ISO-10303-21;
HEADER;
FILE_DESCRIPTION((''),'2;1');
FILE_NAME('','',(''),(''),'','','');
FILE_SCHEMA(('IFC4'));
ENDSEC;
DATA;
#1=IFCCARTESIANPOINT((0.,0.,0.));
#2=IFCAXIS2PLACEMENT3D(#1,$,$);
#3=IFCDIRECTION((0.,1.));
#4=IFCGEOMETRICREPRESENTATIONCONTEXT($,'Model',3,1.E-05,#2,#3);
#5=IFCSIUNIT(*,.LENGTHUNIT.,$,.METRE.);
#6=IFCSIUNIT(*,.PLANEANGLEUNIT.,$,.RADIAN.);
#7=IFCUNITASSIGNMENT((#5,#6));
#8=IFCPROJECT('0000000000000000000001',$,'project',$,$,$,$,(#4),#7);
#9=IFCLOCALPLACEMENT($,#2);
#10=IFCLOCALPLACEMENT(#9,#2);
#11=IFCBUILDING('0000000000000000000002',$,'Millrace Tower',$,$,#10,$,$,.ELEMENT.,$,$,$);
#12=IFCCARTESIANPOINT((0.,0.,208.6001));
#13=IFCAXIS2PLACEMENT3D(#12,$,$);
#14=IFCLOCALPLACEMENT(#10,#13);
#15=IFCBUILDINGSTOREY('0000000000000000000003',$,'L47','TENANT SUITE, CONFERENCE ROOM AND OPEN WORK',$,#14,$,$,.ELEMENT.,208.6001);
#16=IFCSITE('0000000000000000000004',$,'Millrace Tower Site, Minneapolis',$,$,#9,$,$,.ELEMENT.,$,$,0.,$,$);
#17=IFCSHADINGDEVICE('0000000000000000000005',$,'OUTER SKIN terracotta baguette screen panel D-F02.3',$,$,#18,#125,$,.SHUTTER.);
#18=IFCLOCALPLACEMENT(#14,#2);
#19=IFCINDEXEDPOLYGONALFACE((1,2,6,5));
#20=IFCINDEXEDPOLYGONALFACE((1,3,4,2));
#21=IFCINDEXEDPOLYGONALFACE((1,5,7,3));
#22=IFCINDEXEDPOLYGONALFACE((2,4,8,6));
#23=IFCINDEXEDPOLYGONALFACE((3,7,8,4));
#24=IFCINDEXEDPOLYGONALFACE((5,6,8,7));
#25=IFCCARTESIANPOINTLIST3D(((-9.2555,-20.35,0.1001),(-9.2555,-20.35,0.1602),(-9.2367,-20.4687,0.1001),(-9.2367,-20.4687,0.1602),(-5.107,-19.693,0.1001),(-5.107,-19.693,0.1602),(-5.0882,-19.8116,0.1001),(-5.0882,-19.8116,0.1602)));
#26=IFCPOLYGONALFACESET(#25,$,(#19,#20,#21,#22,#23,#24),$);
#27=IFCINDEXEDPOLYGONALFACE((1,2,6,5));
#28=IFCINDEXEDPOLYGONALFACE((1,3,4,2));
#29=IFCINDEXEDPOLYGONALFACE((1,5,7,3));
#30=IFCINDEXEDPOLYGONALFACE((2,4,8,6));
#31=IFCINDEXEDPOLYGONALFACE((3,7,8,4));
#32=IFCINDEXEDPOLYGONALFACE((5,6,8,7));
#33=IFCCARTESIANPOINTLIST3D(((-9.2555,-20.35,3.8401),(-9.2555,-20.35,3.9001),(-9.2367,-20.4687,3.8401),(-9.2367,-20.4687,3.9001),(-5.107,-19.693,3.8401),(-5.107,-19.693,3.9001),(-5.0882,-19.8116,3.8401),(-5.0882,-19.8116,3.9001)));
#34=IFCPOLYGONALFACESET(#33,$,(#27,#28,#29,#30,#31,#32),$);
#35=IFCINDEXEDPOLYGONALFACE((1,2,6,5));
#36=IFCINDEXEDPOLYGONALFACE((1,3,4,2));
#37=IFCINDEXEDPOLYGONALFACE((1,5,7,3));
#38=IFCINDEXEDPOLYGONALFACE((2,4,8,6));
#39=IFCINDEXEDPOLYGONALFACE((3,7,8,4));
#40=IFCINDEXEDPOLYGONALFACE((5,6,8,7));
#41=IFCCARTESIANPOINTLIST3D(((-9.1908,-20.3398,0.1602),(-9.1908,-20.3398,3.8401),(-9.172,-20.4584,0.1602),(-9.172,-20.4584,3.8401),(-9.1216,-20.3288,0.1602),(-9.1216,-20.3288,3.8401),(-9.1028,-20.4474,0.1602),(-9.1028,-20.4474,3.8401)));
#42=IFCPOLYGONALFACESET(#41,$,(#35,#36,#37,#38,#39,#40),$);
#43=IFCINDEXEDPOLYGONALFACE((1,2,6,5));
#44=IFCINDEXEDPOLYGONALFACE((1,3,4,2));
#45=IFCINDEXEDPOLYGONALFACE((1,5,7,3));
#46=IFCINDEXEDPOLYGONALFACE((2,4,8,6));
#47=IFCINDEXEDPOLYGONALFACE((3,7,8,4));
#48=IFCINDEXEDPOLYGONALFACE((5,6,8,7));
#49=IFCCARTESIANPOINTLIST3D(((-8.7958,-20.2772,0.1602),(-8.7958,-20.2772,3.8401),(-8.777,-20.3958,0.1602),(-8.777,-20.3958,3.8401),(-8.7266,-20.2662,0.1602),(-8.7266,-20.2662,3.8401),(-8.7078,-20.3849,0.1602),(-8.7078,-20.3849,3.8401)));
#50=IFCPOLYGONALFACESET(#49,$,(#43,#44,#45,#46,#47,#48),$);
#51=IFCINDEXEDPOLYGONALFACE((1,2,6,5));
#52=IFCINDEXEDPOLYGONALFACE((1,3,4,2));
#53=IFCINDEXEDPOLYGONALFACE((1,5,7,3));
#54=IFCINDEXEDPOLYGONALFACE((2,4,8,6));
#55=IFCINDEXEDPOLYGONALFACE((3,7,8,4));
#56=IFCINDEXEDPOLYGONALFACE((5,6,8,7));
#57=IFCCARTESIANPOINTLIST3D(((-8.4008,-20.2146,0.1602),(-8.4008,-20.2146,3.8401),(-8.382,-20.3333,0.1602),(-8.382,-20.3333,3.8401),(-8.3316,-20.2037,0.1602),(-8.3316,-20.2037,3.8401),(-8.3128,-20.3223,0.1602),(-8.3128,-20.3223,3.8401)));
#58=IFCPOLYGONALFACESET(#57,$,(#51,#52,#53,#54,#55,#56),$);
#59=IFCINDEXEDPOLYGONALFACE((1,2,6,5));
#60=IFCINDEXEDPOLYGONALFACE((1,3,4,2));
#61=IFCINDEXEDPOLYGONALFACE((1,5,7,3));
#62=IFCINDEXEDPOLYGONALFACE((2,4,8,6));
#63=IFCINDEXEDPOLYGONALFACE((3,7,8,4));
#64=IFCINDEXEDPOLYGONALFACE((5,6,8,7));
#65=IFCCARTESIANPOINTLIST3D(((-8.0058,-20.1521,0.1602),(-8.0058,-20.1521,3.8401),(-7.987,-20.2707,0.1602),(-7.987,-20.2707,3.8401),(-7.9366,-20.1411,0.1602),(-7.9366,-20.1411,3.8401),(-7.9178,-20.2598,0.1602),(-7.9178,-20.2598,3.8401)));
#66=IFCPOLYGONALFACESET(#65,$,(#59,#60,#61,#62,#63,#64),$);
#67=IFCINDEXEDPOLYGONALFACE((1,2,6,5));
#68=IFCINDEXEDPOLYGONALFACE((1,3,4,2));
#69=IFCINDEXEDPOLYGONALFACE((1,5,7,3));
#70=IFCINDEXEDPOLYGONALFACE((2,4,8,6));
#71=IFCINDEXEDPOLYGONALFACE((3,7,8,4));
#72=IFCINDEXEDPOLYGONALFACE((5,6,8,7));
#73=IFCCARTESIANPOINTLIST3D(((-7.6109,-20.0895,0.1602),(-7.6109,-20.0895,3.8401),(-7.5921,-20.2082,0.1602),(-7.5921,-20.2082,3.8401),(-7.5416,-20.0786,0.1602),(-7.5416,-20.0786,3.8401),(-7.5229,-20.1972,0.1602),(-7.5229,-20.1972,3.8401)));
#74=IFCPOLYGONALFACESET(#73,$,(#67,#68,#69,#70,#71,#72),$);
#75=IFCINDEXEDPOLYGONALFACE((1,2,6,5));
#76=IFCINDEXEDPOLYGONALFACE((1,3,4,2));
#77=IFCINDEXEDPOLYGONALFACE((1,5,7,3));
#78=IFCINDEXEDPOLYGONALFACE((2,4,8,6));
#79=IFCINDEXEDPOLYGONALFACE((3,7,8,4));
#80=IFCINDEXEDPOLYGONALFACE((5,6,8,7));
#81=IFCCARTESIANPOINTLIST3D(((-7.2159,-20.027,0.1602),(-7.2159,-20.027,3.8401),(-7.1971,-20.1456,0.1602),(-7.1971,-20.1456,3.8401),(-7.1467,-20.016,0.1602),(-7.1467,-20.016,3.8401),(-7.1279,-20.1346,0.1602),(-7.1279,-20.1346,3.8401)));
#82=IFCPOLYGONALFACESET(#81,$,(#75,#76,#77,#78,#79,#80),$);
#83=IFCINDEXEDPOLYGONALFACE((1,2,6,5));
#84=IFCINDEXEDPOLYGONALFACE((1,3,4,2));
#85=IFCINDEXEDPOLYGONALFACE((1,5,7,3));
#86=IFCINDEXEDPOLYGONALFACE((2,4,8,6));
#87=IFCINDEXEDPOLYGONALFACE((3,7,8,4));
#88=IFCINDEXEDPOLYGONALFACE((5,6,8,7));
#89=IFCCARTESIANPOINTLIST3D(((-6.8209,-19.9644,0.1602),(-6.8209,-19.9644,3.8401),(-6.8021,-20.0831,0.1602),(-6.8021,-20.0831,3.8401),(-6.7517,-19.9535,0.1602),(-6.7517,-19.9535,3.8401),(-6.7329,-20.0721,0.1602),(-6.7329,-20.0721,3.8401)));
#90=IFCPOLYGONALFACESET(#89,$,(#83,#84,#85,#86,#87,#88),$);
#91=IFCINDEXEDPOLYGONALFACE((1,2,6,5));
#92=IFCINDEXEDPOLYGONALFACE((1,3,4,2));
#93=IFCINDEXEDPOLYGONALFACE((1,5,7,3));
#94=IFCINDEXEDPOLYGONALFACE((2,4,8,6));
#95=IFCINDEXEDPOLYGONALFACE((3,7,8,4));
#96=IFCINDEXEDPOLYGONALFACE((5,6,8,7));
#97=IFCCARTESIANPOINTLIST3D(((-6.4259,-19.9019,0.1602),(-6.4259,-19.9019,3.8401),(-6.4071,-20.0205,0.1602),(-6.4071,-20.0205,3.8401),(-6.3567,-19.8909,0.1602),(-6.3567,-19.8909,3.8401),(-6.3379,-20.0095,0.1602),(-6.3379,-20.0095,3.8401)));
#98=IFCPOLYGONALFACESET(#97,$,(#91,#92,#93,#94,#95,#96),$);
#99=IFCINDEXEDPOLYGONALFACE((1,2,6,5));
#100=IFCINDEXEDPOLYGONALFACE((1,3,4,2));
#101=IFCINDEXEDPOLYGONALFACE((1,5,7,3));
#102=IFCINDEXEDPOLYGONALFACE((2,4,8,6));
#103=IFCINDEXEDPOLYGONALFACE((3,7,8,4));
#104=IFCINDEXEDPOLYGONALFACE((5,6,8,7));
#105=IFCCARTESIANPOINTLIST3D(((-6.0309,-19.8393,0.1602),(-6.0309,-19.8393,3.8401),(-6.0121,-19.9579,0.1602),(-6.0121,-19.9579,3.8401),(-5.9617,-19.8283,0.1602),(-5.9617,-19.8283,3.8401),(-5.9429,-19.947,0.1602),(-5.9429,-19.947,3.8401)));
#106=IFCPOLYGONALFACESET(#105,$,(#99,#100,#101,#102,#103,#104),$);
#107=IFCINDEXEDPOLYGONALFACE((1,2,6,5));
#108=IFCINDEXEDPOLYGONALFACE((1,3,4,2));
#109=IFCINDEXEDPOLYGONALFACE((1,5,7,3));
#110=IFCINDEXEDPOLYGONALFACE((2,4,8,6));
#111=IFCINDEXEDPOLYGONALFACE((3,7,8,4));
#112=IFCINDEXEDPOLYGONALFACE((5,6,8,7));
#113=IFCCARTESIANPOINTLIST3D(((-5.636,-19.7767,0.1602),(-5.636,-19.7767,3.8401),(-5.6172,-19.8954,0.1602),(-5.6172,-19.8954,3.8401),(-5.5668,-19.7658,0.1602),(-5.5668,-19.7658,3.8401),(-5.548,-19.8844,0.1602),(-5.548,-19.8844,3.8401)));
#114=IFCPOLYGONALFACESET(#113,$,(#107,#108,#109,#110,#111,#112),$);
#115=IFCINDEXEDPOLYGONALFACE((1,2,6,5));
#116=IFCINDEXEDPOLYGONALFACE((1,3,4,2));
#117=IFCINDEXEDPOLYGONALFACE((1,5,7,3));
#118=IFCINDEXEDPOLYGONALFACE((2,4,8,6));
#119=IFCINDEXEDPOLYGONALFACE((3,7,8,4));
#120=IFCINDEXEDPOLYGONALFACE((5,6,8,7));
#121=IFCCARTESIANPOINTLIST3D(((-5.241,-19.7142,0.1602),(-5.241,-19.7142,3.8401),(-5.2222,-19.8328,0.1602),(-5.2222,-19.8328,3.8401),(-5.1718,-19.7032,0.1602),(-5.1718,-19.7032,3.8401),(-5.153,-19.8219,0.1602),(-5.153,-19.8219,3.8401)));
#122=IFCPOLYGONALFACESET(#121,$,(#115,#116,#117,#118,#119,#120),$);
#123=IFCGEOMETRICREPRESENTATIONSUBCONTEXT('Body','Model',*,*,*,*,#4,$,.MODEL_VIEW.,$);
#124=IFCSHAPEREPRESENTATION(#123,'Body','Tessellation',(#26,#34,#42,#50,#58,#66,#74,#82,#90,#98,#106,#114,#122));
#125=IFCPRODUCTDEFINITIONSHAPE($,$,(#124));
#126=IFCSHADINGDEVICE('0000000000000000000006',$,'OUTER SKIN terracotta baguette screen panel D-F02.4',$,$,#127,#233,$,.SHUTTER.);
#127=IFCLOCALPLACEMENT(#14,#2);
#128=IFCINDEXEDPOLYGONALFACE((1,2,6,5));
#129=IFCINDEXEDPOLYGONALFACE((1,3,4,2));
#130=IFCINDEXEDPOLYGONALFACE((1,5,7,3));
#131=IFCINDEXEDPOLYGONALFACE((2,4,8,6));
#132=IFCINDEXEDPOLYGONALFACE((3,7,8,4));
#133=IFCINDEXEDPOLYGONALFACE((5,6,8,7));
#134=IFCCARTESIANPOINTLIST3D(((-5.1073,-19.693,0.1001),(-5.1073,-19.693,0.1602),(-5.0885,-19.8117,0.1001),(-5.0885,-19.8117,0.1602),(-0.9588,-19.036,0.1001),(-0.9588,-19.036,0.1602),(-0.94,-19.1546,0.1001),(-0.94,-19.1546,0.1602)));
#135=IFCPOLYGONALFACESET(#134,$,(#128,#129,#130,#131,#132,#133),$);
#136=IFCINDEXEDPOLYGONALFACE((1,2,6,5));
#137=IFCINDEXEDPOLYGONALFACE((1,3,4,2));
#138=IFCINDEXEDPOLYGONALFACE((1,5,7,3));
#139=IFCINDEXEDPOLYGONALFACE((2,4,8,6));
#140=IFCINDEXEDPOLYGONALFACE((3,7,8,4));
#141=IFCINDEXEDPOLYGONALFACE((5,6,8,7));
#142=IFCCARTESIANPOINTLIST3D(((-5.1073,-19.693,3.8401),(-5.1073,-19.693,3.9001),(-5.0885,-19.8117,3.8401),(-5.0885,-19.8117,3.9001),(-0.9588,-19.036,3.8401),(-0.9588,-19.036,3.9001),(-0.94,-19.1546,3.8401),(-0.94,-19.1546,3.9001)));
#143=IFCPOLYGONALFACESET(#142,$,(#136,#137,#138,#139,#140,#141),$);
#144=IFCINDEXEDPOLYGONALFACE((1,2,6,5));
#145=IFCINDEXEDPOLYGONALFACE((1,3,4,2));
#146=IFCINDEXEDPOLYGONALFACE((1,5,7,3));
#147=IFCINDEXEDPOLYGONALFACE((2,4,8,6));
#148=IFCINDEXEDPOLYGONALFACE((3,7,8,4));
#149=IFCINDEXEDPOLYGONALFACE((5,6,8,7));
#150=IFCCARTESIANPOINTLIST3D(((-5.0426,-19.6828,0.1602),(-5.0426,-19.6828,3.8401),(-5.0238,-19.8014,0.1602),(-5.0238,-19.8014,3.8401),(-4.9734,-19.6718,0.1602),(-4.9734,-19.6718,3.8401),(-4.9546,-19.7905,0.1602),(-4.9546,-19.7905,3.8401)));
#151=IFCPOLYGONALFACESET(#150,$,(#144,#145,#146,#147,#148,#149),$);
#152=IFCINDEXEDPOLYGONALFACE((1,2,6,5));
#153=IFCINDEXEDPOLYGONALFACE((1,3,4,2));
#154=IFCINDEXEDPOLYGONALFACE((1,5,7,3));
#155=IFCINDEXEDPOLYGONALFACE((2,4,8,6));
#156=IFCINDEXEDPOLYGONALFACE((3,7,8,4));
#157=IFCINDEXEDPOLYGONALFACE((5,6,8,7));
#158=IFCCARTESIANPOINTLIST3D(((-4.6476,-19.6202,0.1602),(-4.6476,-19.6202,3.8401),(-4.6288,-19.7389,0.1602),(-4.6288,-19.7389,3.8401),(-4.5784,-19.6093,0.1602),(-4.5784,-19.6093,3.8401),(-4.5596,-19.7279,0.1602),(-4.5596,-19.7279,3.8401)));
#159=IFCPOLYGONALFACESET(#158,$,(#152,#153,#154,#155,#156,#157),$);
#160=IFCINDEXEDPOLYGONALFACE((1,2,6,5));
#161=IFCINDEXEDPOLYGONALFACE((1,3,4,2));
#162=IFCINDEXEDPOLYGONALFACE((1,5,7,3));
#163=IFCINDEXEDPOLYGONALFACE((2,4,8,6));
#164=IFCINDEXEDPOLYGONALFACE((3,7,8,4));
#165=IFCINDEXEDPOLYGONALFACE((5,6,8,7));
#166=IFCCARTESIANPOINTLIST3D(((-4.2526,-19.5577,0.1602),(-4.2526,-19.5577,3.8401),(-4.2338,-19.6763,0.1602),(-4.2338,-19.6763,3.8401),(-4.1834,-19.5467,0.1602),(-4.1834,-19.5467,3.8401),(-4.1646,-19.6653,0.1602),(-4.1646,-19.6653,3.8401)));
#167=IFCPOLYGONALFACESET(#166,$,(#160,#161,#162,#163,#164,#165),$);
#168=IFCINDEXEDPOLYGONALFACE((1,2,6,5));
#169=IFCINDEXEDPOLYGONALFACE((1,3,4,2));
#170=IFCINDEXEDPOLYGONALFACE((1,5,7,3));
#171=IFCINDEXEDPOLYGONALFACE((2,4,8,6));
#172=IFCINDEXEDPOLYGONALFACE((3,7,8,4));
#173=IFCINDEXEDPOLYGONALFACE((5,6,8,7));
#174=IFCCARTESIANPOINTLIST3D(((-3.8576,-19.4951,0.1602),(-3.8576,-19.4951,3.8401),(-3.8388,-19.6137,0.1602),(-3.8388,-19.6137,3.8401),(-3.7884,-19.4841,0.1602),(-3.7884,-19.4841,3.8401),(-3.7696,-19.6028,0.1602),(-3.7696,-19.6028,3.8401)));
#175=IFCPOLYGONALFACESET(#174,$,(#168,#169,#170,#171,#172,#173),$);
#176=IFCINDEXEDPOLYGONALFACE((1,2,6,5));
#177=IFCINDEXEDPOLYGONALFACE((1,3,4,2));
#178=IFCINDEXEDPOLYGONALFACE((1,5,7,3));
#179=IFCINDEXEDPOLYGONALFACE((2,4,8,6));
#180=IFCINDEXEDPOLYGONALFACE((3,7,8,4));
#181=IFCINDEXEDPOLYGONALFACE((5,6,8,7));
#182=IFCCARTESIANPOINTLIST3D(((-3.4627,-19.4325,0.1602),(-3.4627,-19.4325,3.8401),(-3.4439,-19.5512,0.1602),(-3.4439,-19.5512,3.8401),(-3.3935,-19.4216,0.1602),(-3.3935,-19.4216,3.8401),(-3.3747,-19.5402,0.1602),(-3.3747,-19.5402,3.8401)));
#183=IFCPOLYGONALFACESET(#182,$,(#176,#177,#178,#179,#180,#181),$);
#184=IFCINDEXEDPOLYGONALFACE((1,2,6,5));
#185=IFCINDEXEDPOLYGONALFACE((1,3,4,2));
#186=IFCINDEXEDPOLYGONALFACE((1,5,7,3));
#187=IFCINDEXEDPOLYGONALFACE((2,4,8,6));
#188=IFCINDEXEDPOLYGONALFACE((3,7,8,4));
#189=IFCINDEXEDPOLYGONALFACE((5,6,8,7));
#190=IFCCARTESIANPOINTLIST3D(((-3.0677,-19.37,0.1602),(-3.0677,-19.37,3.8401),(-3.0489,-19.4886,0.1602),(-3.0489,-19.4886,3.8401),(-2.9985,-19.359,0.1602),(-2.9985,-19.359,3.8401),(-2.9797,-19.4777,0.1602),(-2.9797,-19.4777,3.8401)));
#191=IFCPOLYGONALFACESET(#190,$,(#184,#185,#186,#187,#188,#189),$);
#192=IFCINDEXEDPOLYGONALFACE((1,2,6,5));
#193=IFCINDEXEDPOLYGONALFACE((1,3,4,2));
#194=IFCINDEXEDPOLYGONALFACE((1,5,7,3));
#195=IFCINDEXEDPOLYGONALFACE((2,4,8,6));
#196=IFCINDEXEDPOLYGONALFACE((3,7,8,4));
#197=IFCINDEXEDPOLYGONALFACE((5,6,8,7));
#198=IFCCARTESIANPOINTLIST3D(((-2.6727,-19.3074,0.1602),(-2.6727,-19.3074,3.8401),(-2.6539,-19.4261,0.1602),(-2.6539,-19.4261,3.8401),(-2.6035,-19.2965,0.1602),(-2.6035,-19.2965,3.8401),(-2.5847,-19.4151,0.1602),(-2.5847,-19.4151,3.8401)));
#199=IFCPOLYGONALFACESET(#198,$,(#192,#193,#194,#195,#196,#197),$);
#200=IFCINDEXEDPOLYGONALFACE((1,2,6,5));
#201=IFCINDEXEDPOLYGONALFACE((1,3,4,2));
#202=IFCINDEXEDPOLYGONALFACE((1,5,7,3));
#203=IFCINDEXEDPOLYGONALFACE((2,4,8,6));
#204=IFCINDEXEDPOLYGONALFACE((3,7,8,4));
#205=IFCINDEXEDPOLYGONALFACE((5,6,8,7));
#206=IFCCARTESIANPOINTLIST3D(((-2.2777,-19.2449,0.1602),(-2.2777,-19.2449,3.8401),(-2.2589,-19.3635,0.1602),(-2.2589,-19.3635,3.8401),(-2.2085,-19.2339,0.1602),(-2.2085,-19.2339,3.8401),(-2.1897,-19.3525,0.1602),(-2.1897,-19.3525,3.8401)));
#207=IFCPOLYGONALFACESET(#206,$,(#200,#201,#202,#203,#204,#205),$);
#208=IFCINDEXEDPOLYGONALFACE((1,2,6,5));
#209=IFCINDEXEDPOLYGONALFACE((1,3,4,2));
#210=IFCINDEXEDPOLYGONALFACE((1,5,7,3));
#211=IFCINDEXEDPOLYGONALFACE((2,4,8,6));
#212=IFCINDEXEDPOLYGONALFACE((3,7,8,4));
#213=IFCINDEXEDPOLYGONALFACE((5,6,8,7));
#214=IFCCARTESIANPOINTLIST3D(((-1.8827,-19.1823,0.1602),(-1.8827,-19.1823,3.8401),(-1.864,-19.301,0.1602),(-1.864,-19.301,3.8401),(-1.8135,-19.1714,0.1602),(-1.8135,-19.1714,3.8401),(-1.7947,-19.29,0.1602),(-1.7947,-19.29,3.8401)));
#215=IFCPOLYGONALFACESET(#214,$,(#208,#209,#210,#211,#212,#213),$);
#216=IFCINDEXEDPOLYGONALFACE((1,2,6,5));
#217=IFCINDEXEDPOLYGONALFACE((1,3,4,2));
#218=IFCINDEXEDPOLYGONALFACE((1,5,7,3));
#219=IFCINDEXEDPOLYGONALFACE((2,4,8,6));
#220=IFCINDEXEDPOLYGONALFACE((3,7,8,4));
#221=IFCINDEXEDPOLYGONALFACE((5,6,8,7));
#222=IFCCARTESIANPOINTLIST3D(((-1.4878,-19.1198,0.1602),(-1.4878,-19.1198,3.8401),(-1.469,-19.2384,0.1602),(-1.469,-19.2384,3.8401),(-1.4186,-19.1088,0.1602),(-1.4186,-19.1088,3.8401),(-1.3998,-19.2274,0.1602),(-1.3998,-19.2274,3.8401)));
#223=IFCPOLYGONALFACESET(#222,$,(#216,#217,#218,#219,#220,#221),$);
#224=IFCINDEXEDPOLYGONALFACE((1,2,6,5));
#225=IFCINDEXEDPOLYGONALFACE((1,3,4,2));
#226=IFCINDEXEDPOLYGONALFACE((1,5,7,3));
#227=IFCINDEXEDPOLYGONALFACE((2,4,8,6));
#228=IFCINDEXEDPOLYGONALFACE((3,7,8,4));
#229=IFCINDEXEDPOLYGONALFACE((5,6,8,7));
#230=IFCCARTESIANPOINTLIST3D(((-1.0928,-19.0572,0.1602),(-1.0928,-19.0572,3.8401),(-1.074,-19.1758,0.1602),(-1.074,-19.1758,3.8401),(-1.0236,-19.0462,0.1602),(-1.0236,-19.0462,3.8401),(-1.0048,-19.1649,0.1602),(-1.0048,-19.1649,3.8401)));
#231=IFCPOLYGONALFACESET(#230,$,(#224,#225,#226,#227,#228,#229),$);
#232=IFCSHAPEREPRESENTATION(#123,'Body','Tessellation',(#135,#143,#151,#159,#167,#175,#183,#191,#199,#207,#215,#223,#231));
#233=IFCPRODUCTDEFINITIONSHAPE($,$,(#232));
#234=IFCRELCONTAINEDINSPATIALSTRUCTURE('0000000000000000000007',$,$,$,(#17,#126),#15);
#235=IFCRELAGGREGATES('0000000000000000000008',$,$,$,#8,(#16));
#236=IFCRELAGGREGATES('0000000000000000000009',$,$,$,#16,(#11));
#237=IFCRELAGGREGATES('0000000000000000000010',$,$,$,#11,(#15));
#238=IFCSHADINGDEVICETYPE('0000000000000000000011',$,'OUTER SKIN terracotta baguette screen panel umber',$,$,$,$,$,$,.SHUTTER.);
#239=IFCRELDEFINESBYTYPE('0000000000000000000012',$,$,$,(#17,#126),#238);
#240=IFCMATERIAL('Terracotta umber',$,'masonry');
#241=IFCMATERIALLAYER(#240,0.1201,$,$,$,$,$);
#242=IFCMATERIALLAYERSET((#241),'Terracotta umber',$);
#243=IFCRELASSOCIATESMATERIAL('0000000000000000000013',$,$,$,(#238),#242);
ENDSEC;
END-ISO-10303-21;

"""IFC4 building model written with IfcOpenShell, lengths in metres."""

from ifc_helpers import new_model, entity, si_unit, direction, frame, frame_2d, origin, origin_2d, place, context, subcontext, project, spatial, rectangle, extrude, source, transform, mapped, material, layer, layer_set, type_object, element, save


model = new_model("IFC4")

# Units and contexts
model_context = context("Model", 3, precision=1e-05, world=origin(), true_north=direction((0.0, 1.0)))
body_context = subcontext(model_context, "Body", "Model", "MODEL_VIEW")
ifc_project = project(units=[si_unit("LENGTHUNIT", "METRE"), si_unit("PLANEANGLEUNIT", "RADIAN")], contexts=[model_context])

# Site, building, storey
site_placement = place(None, origin())
site = spatial("IfcSite", under=ifc_project, at=site_placement, Name="Millrace Tower Site, Minneapolis", CompositionType="ELEMENT", RefElevation=0.0)
building_placement = place(site_placement, origin())
building = spatial("IfcBuilding", under=site, at=building_placement, Name="Millrace Tower", CompositionType="ELEMENT")
storey_placement = place(building_placement, frame((0.0, 0.0, 208.6001)))
storey = spatial("IfcBuildingStorey", under=building, at=storey_placement, Name="L47", Description="TENANT SUITE, CONFERENCE ROOM AND OPEN WORK", CompositionType="ELEMENT", Elevation=208.6001)

# Shading devices
ifc_material_1 = material(Name="Terracotta umber", Category="masonry")
ifc_layer_1 = layer(ifc_material_1, 0.1201)
ifc_layer_set_1 = layer_set([ifc_layer_1], Name="Terracotta umber")
shading_device_type = type_object("IfcShadingDeviceType", Name="OUTER SKIN terracotta baguette screen panel umber", PredefinedType="SHUTTER", material=ifc_layer_set_1)
cartesian_point = entity("IfcCartesianPoint", [-2.1001, 0.0601])
shared_polyline = entity("IfcPolyline", [cartesian_point, entity("IfcCartesianPoint", [2.1001, 0.0601]), entity("IfcCartesianPoint", [2.1001, -0.0601]), entity("IfcCartesianPoint", [-2.1001, -0.0601]), cartesian_point])
shared_shape = source(origin(), body_context, "Body", "SweptSolid", [
    entity("IfcExtrudedAreaSolid", entity("IfcArbitraryClosedProfileDef", "AREA", None, shared_polyline), entity("IfcAxis2Placement3D", entity("IfcCartesianPoint", [0.0, 0.0, 0.0])), entity("IfcDirection", [0.0, 0.0, 1.0]), 0.0601),
    entity("IfcExtrudedAreaSolid", entity("IfcArbitraryClosedProfileDef", "AREA", None, shared_polyline), entity("IfcAxis2Placement3D", entity("IfcCartesianPoint", [0.0, 0.0, 3.74])), entity("IfcDirection", [0.0, 0.0, 1.0]), 0.0601),
    extrude(rectangle(XDim=0.0701, YDim=0.1201, at=frame_2d((-1.9995, 0.0))), frame((0.0, 0.0, 0.0601)), (0.0, 0.0, 1.0), 3.6799),
    extrude(rectangle(XDim=0.0701, YDim=0.1201, at=frame_2d((-1.5996, 0.0))), frame((0.0, 0.0, 0.0601)), (0.0, 0.0, 1.0), 3.6799),
    extrude(rectangle(XDim=0.0701, YDim=0.1201, at=frame_2d((-1.1997, 0.0))), frame((0.0, 0.0, 0.0601)), (0.0, 0.0, 1.0), 3.6799),
    extrude(rectangle(XDim=0.0701, YDim=0.1201, at=frame_2d((-0.7998, 0.0))), frame((0.0, 0.0, 0.0601)), (0.0, 0.0, 1.0), 3.6799),
    extrude(rectangle(XDim=0.0701, YDim=0.1201, at=frame_2d((-0.3999, 0.0))), frame((0.0, 0.0, 0.0601)), (0.0, 0.0, 1.0), 3.6799),
    extrude(rectangle(XDim=0.0701, YDim=0.1201, at=origin_2d()), frame((0.0, 0.0, 0.0601)), (0.0, 0.0, 1.0), 3.6799),
    extrude(rectangle(XDim=0.0701, YDim=0.1201, at=frame_2d((0.3999, 0.0))), frame((0.0, 0.0, 0.0601)), (0.0, 0.0, 1.0), 3.6799),
    extrude(rectangle(XDim=0.0701, YDim=0.1201, at=frame_2d((0.7998, 0.0))), frame((0.0, 0.0, 0.0601)), (0.0, 0.0, 1.0), 3.6799),
    extrude(rectangle(XDim=0.0701, YDim=0.1201, at=frame_2d((1.1997, 0.0))), frame((0.0, 0.0, 0.0601)), (0.0, 0.0, 1.0), 3.6799),
    extrude(rectangle(XDim=0.0701, YDim=0.1201, at=frame_2d((1.5996, 0.0))), frame((0.0, 0.0, 0.0601)), (0.0, 0.0, 1.0), 3.6799),
    extrude(rectangle(XDim=0.0701, YDim=0.1201, at=frame_2d((1.9995, 0.0))), frame((0.0, 0.0, 0.0601)), (0.0, 0.0, 1.0), 3.6799),
])
for number, where, z_axis, x_axis, name in (
    (1, (-7.1719, -20.0808, 0.1001), (0.0, 0.0, 1.0), (0.987688, 0.156434, 0.0), "OUTER SKIN terracotta baguette screen panel D-F02.3"),
    (2, (-3.0237, -19.4238, 0.1001), (0.0, 0.0, 1.0), (0.987688, 0.156434, 0.0), "OUTER SKIN terracotta baguette screen panel D-F02.4"),
):
    element("IfcShadingDevice", number, at=place(storey_placement, frame(where, z_axis=z_axis, x_axis=x_axis)), inside=storey, type_object=shading_device_type, Name=name, PredefinedType="SHUTTER", context=body_context, shape_type="MappedRepresentation", body=[
        mapped(shared_shape, transform((0.0, 0.0, 0.0), scale=1.0)),
    ])

save(model, "model.ifc")
